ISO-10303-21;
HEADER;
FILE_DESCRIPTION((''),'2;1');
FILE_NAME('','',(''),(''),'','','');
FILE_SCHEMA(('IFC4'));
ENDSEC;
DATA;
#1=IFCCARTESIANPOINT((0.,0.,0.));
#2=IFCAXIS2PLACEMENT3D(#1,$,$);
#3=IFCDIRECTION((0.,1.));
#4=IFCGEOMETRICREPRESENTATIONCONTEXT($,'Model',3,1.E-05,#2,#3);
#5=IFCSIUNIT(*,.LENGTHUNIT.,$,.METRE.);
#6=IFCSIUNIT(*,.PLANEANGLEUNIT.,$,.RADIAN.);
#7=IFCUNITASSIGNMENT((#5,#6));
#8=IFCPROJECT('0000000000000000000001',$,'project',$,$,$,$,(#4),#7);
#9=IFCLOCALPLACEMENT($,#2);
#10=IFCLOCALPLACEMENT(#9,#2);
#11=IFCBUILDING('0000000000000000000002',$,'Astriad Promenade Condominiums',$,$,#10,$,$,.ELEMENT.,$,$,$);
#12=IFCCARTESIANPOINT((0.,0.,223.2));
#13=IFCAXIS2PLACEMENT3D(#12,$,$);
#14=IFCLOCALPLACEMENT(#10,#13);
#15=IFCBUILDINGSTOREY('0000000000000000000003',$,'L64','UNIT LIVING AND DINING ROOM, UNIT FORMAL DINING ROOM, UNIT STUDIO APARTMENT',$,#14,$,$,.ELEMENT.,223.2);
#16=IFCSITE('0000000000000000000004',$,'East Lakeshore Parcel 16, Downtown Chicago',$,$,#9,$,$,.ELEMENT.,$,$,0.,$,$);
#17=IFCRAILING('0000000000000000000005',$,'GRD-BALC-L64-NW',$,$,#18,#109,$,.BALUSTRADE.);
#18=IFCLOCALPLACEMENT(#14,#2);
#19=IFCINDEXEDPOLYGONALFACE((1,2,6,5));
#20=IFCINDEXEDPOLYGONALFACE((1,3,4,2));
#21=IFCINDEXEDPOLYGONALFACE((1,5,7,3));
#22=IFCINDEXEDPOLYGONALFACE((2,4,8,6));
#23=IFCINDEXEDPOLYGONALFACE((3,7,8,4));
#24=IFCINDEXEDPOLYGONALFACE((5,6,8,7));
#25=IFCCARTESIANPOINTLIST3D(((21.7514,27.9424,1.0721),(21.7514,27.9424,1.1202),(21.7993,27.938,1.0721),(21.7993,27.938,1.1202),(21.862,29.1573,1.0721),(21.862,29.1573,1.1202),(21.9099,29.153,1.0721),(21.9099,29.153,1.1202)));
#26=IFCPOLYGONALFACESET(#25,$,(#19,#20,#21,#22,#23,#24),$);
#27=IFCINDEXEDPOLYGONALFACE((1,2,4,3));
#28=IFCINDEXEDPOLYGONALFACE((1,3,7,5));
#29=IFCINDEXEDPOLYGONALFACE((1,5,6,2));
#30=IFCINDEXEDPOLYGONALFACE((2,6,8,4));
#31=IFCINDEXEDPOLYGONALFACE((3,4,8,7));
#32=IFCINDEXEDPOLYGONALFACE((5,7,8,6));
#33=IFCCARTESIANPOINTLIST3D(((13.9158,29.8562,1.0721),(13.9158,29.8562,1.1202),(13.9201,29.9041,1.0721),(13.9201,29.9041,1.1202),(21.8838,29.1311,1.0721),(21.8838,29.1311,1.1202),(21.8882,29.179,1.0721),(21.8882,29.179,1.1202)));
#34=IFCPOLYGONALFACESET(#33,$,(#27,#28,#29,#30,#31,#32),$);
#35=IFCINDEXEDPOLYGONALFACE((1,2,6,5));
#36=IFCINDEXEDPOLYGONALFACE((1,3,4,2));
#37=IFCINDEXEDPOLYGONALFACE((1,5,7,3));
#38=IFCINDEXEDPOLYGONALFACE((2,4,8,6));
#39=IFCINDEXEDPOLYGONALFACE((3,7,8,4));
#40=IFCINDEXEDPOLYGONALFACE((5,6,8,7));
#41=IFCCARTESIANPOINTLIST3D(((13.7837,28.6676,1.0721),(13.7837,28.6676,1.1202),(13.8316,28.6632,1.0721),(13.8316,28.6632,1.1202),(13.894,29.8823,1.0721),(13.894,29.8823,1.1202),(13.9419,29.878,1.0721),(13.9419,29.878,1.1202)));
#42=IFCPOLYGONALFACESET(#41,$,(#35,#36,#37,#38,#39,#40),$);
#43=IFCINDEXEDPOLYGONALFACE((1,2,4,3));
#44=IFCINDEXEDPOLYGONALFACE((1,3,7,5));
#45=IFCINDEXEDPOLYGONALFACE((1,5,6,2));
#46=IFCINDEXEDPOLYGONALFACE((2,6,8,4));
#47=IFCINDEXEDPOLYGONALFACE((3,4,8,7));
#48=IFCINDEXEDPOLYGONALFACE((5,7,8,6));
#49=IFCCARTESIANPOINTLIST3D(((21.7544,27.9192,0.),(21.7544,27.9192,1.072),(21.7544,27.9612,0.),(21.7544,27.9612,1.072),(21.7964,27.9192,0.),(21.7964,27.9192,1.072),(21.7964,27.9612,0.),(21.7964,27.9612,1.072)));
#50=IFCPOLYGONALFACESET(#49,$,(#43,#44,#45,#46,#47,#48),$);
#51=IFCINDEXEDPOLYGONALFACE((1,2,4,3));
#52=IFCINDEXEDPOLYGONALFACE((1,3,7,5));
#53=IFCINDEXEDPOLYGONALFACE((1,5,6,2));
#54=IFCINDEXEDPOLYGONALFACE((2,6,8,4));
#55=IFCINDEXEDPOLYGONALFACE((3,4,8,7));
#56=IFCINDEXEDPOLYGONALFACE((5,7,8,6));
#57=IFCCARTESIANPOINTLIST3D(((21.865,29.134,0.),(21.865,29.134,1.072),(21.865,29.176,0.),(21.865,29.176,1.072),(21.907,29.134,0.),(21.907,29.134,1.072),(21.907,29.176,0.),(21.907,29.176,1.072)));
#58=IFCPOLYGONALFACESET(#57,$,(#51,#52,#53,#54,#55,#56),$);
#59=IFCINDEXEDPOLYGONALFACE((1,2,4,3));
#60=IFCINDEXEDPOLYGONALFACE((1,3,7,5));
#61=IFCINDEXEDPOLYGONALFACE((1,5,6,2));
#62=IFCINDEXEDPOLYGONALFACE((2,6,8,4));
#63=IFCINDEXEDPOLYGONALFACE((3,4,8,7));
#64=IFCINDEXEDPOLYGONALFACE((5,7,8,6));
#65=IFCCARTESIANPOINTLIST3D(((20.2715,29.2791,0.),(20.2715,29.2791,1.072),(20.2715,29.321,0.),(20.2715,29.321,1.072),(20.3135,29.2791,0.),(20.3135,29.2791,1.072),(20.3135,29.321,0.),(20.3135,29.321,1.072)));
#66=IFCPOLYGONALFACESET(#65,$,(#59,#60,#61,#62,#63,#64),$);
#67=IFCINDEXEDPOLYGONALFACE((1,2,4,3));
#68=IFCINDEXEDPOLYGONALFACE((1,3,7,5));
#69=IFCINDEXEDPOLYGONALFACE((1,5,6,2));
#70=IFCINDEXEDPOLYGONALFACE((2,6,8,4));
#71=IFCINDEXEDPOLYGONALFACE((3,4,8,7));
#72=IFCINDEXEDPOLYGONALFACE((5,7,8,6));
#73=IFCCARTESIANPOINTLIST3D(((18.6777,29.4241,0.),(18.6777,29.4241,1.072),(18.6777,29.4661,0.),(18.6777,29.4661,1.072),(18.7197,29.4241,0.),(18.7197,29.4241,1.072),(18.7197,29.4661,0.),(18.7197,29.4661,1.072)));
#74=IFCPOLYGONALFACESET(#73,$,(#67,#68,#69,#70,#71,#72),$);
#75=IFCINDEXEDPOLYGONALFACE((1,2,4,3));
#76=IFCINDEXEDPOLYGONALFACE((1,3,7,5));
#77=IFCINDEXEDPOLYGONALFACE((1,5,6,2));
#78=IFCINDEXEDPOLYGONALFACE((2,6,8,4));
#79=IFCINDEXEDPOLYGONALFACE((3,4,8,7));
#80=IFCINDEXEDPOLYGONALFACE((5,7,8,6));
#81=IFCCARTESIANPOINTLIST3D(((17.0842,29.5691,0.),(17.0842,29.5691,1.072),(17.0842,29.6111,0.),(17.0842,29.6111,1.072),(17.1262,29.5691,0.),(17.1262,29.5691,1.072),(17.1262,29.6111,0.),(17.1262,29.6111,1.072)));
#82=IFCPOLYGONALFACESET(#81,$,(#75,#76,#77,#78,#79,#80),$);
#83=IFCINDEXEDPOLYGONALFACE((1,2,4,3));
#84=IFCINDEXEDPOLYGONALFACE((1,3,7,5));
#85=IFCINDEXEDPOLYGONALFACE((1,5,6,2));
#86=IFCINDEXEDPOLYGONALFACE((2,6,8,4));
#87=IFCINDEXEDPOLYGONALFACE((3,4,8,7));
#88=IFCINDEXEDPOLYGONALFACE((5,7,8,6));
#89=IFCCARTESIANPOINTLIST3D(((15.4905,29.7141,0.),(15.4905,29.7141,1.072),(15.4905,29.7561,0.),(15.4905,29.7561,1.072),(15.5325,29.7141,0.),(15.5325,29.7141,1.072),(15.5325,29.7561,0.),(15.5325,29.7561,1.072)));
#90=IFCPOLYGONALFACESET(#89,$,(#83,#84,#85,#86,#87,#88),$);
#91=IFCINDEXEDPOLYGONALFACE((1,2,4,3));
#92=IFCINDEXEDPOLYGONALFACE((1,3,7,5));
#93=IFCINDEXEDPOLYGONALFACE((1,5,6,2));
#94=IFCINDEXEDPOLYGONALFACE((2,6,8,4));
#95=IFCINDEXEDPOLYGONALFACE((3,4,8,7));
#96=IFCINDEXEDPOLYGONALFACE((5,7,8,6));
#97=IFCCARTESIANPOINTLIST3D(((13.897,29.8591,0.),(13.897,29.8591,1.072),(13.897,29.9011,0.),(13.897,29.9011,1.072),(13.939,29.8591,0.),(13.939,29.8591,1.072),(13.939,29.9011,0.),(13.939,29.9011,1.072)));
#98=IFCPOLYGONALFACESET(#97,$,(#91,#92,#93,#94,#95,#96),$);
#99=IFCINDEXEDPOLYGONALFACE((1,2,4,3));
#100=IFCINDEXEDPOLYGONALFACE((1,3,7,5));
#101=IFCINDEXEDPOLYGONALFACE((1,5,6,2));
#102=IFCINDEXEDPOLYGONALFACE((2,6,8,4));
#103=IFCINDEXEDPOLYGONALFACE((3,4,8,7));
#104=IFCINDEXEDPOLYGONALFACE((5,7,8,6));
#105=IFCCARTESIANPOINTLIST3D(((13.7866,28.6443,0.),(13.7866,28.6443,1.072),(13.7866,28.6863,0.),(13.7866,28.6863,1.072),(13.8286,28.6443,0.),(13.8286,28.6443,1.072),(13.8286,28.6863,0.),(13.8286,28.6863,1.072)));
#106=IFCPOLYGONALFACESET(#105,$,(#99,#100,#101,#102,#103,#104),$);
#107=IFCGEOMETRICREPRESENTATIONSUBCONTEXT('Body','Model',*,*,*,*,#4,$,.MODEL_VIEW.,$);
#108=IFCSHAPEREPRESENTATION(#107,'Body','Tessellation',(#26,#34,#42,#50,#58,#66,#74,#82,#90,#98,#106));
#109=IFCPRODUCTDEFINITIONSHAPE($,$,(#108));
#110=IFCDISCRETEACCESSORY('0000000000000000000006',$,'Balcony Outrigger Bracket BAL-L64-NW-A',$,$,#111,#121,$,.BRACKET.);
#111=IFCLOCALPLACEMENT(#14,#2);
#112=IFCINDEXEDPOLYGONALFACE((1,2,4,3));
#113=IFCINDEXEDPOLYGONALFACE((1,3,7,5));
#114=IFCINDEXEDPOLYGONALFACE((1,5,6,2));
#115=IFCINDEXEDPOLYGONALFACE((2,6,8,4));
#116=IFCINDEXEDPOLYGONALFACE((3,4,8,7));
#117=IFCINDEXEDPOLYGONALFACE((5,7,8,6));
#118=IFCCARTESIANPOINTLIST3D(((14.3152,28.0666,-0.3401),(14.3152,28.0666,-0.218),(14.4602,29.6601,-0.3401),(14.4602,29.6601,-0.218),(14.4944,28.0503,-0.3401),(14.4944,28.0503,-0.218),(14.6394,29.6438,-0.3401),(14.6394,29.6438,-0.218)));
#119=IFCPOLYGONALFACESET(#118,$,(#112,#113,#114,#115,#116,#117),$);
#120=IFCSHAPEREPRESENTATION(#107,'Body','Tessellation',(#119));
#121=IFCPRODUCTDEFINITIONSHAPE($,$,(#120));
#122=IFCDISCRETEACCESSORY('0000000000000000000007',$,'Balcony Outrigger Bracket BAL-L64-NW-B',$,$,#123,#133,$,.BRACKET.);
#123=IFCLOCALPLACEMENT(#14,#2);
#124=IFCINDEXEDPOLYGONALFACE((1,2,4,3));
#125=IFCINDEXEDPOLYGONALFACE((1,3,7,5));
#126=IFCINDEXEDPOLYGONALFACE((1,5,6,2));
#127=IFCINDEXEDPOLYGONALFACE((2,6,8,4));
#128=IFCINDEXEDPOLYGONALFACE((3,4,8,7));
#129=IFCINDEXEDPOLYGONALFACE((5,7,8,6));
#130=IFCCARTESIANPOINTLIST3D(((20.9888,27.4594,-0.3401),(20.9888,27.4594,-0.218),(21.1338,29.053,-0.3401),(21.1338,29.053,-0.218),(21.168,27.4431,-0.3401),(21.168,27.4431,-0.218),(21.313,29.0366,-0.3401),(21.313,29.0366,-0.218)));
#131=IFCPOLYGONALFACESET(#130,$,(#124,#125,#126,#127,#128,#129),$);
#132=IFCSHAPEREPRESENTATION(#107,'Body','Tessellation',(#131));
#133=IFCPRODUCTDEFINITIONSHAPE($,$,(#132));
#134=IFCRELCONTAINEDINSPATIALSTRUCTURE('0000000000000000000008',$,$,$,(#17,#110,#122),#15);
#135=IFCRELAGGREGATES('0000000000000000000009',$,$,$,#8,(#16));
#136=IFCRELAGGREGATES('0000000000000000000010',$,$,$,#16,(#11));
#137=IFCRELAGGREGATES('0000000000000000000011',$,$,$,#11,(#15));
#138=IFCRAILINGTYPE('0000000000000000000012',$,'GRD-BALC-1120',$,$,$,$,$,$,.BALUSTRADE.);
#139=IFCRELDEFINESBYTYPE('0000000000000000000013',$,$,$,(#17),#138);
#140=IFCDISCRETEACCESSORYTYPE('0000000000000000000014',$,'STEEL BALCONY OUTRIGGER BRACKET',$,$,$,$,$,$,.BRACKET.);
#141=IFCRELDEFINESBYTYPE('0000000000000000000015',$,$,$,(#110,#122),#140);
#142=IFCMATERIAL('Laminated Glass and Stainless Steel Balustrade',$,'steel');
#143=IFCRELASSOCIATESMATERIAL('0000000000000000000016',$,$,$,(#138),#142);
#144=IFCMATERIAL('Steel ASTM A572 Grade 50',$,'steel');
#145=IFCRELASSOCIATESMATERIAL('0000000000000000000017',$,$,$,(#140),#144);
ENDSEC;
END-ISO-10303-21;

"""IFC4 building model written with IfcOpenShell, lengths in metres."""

from ifc_helpers import new_model, si_unit, direction, frame, origin, origin_2d, place, context, subcontext, project, spatial, rectangle, extrude, source, transform, mapped, material, type_object, type_shapes, element, save


model = new_model("IFC4")

# Units and contexts
model_context = context("Model", 3, precision=1e-05, world=origin(), true_north=direction((0.0, 1.0)))
body_context = subcontext(model_context, "Body", "Model", "MODEL_VIEW")
ifc_project = project(units=[si_unit("LENGTHUNIT", "METRE"), si_unit("PLANEANGLEUNIT", "RADIAN")], contexts=[model_context])

# Site, building, storey
site_placement = place(None, origin())
site = spatial("IfcSite", under=ifc_project, at=site_placement, Name="East Lakeshore Parcel 16, Downtown Chicago", CompositionType="ELEMENT", RefElevation=0.0)
building_placement = place(site_placement, origin())
building = spatial("IfcBuilding", under=site, at=building_placement, Name="Astriad Promenade Condominiums", CompositionType="ELEMENT")
storey_placement = place(building_placement, frame((0.0, 0.0, 223.2)))
storey = spatial("IfcBuildingStorey", under=building, at=storey_placement, Name="L64", Description="UNIT LIVING AND DINING ROOM, UNIT FORMAL DINING ROOM, UNIT STUDIO APARTMENT", CompositionType="ELEMENT", Elevation=223.2)

# Railing
ifc_material_1 = material(Name="Laminated Glass and Stainless Steel Balustrade", Category="steel")
railing_type = type_object("IfcRailingType", Name="GRD-BALC-1120", PredefinedType="BALUSTRADE", material=ifc_material_1)
shared_shape_1 = source(origin(), body_context, "Body", "SweptSolid", [
    extrude(rectangle(XDim=0.0481, YDim=0.0481, at=origin_2d()), frame((0.0, 0.0, 1.0962), z_axis=(0.090662, 0.995882, 0.0), x_axis=(-0.995882, 0.090662, 0.0)), (0.0, 0.0, 1.0), 1.22),
    extrude(rectangle(XDim=0.0481, YDim=0.0481, at=origin_2d()), frame((0.1106, 1.2148, 1.0962), z_axis=(-0.995885, 0.090627, 0.0), x_axis=(-0.090627, -0.995885, 0.0)), (0.0, 0.0, 1.0), 8.001),
    extrude(rectangle(XDim=0.0481, YDim=0.0481, at=origin_2d()), frame((-7.8574, 1.9399, 1.0962), z_axis=(-0.090464, -0.9959, 0.0), x_axis=(0.9959, -0.090464, 0.0)), (0.0, 0.0, 1.0), 1.2197),
    extrude(rectangle(XDim=0.042, YDim=0.042, at=origin_2d()), origin(), (0.0, 0.0, 1.0), 1.072),
    extrude(rectangle(XDim=0.042, YDim=0.042, at=origin_2d()), frame((0.1106, 1.2148, 0.0)), (0.0, 0.0, 1.0), 1.072),
    extrude(rectangle(XDim=0.042, YDim=0.042, at=origin_2d()), frame((-1.4829, 1.3599, 0.0)), (0.0, 0.0, 1.0), 1.072),
    extrude(rectangle(XDim=0.042, YDim=0.042, at=origin_2d()), frame((-3.0767, 1.5049, 0.0)), (0.0, 0.0, 1.0), 1.072),
    extrude(rectangle(XDim=0.042, YDim=0.042, at=origin_2d()), frame((-4.6702, 1.6499, 0.0)), (0.0, 0.0, 1.0), 1.072),
    extrude(rectangle(XDim=0.042, YDim=0.042, at=origin_2d()), frame((-6.2639, 1.7949, 0.0)), (0.0, 0.0, 1.0), 1.072),
    extrude(rectangle(XDim=0.042, YDim=0.042, at=origin_2d()), frame((-7.8574, 1.9399, 0.0)), (0.0, 0.0, 1.0), 1.072),
    extrude(rectangle(XDim=0.042, YDim=0.042, at=origin_2d()), frame((-7.9678, 0.7251, 0.0)), (0.0, 0.0, 1.0), 1.072),
])
type_shapes(railing_type, [shared_shape_1])
railing_placement = place(storey_placement, frame((21.7754, 27.9402, 0.0)))
element("IfcRailing", 1, at=railing_placement, inside=storey, type_object=railing_type, Name="GRD-BALC-L64-NW", PredefinedType="BALUSTRADE", context=body_context, shape_type="MappedRepresentation", body=[
    mapped(shared_shape_1, transform((0.0, 0.0, 0.0), scale=1.0)),
])

# Discrete accessories
ifc_material_2 = material(Name="Steel ASTM A572 Grade 50", Category="steel")
discrete_accessory_type = type_object("IfcDiscreteAccessoryType", Name="STEEL BALCONY OUTRIGGER BRACKET", PredefinedType="BRACKET", material=ifc_material_2)
shared_shape_2 = source(origin(), body_context, "Body", "SweptSolid", [
    extrude(rectangle(XDim=1.6001, YDim=0.1799, at=origin_2d()), origin(), (0.0, 0.0, 1.0), 0.1221),
])
type_shapes(discrete_accessory_type, [shared_shape_2])
for number, where, z_axis, x_axis, name in (
    (2, (14.4773, 28.8552, -0.3401), (0.0, 0.0, 1.0), (0.090633, 0.995884, 0.0), "Balcony Outrigger Bracket BAL-L64-NW-A"),
    (3, (21.1509, 28.248, -0.3401), (0.0, 0.0, 1.0), (0.090633, 0.995884, 0.0), "Balcony Outrigger Bracket BAL-L64-NW-B"),
):
    element("IfcDiscreteAccessory", number, at=place(storey_placement, frame(where, z_axis=z_axis, x_axis=x_axis)), inside=storey, type_object=discrete_accessory_type, Name=name, PredefinedType="BRACKET", context=body_context, shape_type="MappedRepresentation", body=[
        mapped(shared_shape_2, transform((0.0, 0.0, 0.0), scale=1.0)),
    ])

save(model, "model.ifc")
